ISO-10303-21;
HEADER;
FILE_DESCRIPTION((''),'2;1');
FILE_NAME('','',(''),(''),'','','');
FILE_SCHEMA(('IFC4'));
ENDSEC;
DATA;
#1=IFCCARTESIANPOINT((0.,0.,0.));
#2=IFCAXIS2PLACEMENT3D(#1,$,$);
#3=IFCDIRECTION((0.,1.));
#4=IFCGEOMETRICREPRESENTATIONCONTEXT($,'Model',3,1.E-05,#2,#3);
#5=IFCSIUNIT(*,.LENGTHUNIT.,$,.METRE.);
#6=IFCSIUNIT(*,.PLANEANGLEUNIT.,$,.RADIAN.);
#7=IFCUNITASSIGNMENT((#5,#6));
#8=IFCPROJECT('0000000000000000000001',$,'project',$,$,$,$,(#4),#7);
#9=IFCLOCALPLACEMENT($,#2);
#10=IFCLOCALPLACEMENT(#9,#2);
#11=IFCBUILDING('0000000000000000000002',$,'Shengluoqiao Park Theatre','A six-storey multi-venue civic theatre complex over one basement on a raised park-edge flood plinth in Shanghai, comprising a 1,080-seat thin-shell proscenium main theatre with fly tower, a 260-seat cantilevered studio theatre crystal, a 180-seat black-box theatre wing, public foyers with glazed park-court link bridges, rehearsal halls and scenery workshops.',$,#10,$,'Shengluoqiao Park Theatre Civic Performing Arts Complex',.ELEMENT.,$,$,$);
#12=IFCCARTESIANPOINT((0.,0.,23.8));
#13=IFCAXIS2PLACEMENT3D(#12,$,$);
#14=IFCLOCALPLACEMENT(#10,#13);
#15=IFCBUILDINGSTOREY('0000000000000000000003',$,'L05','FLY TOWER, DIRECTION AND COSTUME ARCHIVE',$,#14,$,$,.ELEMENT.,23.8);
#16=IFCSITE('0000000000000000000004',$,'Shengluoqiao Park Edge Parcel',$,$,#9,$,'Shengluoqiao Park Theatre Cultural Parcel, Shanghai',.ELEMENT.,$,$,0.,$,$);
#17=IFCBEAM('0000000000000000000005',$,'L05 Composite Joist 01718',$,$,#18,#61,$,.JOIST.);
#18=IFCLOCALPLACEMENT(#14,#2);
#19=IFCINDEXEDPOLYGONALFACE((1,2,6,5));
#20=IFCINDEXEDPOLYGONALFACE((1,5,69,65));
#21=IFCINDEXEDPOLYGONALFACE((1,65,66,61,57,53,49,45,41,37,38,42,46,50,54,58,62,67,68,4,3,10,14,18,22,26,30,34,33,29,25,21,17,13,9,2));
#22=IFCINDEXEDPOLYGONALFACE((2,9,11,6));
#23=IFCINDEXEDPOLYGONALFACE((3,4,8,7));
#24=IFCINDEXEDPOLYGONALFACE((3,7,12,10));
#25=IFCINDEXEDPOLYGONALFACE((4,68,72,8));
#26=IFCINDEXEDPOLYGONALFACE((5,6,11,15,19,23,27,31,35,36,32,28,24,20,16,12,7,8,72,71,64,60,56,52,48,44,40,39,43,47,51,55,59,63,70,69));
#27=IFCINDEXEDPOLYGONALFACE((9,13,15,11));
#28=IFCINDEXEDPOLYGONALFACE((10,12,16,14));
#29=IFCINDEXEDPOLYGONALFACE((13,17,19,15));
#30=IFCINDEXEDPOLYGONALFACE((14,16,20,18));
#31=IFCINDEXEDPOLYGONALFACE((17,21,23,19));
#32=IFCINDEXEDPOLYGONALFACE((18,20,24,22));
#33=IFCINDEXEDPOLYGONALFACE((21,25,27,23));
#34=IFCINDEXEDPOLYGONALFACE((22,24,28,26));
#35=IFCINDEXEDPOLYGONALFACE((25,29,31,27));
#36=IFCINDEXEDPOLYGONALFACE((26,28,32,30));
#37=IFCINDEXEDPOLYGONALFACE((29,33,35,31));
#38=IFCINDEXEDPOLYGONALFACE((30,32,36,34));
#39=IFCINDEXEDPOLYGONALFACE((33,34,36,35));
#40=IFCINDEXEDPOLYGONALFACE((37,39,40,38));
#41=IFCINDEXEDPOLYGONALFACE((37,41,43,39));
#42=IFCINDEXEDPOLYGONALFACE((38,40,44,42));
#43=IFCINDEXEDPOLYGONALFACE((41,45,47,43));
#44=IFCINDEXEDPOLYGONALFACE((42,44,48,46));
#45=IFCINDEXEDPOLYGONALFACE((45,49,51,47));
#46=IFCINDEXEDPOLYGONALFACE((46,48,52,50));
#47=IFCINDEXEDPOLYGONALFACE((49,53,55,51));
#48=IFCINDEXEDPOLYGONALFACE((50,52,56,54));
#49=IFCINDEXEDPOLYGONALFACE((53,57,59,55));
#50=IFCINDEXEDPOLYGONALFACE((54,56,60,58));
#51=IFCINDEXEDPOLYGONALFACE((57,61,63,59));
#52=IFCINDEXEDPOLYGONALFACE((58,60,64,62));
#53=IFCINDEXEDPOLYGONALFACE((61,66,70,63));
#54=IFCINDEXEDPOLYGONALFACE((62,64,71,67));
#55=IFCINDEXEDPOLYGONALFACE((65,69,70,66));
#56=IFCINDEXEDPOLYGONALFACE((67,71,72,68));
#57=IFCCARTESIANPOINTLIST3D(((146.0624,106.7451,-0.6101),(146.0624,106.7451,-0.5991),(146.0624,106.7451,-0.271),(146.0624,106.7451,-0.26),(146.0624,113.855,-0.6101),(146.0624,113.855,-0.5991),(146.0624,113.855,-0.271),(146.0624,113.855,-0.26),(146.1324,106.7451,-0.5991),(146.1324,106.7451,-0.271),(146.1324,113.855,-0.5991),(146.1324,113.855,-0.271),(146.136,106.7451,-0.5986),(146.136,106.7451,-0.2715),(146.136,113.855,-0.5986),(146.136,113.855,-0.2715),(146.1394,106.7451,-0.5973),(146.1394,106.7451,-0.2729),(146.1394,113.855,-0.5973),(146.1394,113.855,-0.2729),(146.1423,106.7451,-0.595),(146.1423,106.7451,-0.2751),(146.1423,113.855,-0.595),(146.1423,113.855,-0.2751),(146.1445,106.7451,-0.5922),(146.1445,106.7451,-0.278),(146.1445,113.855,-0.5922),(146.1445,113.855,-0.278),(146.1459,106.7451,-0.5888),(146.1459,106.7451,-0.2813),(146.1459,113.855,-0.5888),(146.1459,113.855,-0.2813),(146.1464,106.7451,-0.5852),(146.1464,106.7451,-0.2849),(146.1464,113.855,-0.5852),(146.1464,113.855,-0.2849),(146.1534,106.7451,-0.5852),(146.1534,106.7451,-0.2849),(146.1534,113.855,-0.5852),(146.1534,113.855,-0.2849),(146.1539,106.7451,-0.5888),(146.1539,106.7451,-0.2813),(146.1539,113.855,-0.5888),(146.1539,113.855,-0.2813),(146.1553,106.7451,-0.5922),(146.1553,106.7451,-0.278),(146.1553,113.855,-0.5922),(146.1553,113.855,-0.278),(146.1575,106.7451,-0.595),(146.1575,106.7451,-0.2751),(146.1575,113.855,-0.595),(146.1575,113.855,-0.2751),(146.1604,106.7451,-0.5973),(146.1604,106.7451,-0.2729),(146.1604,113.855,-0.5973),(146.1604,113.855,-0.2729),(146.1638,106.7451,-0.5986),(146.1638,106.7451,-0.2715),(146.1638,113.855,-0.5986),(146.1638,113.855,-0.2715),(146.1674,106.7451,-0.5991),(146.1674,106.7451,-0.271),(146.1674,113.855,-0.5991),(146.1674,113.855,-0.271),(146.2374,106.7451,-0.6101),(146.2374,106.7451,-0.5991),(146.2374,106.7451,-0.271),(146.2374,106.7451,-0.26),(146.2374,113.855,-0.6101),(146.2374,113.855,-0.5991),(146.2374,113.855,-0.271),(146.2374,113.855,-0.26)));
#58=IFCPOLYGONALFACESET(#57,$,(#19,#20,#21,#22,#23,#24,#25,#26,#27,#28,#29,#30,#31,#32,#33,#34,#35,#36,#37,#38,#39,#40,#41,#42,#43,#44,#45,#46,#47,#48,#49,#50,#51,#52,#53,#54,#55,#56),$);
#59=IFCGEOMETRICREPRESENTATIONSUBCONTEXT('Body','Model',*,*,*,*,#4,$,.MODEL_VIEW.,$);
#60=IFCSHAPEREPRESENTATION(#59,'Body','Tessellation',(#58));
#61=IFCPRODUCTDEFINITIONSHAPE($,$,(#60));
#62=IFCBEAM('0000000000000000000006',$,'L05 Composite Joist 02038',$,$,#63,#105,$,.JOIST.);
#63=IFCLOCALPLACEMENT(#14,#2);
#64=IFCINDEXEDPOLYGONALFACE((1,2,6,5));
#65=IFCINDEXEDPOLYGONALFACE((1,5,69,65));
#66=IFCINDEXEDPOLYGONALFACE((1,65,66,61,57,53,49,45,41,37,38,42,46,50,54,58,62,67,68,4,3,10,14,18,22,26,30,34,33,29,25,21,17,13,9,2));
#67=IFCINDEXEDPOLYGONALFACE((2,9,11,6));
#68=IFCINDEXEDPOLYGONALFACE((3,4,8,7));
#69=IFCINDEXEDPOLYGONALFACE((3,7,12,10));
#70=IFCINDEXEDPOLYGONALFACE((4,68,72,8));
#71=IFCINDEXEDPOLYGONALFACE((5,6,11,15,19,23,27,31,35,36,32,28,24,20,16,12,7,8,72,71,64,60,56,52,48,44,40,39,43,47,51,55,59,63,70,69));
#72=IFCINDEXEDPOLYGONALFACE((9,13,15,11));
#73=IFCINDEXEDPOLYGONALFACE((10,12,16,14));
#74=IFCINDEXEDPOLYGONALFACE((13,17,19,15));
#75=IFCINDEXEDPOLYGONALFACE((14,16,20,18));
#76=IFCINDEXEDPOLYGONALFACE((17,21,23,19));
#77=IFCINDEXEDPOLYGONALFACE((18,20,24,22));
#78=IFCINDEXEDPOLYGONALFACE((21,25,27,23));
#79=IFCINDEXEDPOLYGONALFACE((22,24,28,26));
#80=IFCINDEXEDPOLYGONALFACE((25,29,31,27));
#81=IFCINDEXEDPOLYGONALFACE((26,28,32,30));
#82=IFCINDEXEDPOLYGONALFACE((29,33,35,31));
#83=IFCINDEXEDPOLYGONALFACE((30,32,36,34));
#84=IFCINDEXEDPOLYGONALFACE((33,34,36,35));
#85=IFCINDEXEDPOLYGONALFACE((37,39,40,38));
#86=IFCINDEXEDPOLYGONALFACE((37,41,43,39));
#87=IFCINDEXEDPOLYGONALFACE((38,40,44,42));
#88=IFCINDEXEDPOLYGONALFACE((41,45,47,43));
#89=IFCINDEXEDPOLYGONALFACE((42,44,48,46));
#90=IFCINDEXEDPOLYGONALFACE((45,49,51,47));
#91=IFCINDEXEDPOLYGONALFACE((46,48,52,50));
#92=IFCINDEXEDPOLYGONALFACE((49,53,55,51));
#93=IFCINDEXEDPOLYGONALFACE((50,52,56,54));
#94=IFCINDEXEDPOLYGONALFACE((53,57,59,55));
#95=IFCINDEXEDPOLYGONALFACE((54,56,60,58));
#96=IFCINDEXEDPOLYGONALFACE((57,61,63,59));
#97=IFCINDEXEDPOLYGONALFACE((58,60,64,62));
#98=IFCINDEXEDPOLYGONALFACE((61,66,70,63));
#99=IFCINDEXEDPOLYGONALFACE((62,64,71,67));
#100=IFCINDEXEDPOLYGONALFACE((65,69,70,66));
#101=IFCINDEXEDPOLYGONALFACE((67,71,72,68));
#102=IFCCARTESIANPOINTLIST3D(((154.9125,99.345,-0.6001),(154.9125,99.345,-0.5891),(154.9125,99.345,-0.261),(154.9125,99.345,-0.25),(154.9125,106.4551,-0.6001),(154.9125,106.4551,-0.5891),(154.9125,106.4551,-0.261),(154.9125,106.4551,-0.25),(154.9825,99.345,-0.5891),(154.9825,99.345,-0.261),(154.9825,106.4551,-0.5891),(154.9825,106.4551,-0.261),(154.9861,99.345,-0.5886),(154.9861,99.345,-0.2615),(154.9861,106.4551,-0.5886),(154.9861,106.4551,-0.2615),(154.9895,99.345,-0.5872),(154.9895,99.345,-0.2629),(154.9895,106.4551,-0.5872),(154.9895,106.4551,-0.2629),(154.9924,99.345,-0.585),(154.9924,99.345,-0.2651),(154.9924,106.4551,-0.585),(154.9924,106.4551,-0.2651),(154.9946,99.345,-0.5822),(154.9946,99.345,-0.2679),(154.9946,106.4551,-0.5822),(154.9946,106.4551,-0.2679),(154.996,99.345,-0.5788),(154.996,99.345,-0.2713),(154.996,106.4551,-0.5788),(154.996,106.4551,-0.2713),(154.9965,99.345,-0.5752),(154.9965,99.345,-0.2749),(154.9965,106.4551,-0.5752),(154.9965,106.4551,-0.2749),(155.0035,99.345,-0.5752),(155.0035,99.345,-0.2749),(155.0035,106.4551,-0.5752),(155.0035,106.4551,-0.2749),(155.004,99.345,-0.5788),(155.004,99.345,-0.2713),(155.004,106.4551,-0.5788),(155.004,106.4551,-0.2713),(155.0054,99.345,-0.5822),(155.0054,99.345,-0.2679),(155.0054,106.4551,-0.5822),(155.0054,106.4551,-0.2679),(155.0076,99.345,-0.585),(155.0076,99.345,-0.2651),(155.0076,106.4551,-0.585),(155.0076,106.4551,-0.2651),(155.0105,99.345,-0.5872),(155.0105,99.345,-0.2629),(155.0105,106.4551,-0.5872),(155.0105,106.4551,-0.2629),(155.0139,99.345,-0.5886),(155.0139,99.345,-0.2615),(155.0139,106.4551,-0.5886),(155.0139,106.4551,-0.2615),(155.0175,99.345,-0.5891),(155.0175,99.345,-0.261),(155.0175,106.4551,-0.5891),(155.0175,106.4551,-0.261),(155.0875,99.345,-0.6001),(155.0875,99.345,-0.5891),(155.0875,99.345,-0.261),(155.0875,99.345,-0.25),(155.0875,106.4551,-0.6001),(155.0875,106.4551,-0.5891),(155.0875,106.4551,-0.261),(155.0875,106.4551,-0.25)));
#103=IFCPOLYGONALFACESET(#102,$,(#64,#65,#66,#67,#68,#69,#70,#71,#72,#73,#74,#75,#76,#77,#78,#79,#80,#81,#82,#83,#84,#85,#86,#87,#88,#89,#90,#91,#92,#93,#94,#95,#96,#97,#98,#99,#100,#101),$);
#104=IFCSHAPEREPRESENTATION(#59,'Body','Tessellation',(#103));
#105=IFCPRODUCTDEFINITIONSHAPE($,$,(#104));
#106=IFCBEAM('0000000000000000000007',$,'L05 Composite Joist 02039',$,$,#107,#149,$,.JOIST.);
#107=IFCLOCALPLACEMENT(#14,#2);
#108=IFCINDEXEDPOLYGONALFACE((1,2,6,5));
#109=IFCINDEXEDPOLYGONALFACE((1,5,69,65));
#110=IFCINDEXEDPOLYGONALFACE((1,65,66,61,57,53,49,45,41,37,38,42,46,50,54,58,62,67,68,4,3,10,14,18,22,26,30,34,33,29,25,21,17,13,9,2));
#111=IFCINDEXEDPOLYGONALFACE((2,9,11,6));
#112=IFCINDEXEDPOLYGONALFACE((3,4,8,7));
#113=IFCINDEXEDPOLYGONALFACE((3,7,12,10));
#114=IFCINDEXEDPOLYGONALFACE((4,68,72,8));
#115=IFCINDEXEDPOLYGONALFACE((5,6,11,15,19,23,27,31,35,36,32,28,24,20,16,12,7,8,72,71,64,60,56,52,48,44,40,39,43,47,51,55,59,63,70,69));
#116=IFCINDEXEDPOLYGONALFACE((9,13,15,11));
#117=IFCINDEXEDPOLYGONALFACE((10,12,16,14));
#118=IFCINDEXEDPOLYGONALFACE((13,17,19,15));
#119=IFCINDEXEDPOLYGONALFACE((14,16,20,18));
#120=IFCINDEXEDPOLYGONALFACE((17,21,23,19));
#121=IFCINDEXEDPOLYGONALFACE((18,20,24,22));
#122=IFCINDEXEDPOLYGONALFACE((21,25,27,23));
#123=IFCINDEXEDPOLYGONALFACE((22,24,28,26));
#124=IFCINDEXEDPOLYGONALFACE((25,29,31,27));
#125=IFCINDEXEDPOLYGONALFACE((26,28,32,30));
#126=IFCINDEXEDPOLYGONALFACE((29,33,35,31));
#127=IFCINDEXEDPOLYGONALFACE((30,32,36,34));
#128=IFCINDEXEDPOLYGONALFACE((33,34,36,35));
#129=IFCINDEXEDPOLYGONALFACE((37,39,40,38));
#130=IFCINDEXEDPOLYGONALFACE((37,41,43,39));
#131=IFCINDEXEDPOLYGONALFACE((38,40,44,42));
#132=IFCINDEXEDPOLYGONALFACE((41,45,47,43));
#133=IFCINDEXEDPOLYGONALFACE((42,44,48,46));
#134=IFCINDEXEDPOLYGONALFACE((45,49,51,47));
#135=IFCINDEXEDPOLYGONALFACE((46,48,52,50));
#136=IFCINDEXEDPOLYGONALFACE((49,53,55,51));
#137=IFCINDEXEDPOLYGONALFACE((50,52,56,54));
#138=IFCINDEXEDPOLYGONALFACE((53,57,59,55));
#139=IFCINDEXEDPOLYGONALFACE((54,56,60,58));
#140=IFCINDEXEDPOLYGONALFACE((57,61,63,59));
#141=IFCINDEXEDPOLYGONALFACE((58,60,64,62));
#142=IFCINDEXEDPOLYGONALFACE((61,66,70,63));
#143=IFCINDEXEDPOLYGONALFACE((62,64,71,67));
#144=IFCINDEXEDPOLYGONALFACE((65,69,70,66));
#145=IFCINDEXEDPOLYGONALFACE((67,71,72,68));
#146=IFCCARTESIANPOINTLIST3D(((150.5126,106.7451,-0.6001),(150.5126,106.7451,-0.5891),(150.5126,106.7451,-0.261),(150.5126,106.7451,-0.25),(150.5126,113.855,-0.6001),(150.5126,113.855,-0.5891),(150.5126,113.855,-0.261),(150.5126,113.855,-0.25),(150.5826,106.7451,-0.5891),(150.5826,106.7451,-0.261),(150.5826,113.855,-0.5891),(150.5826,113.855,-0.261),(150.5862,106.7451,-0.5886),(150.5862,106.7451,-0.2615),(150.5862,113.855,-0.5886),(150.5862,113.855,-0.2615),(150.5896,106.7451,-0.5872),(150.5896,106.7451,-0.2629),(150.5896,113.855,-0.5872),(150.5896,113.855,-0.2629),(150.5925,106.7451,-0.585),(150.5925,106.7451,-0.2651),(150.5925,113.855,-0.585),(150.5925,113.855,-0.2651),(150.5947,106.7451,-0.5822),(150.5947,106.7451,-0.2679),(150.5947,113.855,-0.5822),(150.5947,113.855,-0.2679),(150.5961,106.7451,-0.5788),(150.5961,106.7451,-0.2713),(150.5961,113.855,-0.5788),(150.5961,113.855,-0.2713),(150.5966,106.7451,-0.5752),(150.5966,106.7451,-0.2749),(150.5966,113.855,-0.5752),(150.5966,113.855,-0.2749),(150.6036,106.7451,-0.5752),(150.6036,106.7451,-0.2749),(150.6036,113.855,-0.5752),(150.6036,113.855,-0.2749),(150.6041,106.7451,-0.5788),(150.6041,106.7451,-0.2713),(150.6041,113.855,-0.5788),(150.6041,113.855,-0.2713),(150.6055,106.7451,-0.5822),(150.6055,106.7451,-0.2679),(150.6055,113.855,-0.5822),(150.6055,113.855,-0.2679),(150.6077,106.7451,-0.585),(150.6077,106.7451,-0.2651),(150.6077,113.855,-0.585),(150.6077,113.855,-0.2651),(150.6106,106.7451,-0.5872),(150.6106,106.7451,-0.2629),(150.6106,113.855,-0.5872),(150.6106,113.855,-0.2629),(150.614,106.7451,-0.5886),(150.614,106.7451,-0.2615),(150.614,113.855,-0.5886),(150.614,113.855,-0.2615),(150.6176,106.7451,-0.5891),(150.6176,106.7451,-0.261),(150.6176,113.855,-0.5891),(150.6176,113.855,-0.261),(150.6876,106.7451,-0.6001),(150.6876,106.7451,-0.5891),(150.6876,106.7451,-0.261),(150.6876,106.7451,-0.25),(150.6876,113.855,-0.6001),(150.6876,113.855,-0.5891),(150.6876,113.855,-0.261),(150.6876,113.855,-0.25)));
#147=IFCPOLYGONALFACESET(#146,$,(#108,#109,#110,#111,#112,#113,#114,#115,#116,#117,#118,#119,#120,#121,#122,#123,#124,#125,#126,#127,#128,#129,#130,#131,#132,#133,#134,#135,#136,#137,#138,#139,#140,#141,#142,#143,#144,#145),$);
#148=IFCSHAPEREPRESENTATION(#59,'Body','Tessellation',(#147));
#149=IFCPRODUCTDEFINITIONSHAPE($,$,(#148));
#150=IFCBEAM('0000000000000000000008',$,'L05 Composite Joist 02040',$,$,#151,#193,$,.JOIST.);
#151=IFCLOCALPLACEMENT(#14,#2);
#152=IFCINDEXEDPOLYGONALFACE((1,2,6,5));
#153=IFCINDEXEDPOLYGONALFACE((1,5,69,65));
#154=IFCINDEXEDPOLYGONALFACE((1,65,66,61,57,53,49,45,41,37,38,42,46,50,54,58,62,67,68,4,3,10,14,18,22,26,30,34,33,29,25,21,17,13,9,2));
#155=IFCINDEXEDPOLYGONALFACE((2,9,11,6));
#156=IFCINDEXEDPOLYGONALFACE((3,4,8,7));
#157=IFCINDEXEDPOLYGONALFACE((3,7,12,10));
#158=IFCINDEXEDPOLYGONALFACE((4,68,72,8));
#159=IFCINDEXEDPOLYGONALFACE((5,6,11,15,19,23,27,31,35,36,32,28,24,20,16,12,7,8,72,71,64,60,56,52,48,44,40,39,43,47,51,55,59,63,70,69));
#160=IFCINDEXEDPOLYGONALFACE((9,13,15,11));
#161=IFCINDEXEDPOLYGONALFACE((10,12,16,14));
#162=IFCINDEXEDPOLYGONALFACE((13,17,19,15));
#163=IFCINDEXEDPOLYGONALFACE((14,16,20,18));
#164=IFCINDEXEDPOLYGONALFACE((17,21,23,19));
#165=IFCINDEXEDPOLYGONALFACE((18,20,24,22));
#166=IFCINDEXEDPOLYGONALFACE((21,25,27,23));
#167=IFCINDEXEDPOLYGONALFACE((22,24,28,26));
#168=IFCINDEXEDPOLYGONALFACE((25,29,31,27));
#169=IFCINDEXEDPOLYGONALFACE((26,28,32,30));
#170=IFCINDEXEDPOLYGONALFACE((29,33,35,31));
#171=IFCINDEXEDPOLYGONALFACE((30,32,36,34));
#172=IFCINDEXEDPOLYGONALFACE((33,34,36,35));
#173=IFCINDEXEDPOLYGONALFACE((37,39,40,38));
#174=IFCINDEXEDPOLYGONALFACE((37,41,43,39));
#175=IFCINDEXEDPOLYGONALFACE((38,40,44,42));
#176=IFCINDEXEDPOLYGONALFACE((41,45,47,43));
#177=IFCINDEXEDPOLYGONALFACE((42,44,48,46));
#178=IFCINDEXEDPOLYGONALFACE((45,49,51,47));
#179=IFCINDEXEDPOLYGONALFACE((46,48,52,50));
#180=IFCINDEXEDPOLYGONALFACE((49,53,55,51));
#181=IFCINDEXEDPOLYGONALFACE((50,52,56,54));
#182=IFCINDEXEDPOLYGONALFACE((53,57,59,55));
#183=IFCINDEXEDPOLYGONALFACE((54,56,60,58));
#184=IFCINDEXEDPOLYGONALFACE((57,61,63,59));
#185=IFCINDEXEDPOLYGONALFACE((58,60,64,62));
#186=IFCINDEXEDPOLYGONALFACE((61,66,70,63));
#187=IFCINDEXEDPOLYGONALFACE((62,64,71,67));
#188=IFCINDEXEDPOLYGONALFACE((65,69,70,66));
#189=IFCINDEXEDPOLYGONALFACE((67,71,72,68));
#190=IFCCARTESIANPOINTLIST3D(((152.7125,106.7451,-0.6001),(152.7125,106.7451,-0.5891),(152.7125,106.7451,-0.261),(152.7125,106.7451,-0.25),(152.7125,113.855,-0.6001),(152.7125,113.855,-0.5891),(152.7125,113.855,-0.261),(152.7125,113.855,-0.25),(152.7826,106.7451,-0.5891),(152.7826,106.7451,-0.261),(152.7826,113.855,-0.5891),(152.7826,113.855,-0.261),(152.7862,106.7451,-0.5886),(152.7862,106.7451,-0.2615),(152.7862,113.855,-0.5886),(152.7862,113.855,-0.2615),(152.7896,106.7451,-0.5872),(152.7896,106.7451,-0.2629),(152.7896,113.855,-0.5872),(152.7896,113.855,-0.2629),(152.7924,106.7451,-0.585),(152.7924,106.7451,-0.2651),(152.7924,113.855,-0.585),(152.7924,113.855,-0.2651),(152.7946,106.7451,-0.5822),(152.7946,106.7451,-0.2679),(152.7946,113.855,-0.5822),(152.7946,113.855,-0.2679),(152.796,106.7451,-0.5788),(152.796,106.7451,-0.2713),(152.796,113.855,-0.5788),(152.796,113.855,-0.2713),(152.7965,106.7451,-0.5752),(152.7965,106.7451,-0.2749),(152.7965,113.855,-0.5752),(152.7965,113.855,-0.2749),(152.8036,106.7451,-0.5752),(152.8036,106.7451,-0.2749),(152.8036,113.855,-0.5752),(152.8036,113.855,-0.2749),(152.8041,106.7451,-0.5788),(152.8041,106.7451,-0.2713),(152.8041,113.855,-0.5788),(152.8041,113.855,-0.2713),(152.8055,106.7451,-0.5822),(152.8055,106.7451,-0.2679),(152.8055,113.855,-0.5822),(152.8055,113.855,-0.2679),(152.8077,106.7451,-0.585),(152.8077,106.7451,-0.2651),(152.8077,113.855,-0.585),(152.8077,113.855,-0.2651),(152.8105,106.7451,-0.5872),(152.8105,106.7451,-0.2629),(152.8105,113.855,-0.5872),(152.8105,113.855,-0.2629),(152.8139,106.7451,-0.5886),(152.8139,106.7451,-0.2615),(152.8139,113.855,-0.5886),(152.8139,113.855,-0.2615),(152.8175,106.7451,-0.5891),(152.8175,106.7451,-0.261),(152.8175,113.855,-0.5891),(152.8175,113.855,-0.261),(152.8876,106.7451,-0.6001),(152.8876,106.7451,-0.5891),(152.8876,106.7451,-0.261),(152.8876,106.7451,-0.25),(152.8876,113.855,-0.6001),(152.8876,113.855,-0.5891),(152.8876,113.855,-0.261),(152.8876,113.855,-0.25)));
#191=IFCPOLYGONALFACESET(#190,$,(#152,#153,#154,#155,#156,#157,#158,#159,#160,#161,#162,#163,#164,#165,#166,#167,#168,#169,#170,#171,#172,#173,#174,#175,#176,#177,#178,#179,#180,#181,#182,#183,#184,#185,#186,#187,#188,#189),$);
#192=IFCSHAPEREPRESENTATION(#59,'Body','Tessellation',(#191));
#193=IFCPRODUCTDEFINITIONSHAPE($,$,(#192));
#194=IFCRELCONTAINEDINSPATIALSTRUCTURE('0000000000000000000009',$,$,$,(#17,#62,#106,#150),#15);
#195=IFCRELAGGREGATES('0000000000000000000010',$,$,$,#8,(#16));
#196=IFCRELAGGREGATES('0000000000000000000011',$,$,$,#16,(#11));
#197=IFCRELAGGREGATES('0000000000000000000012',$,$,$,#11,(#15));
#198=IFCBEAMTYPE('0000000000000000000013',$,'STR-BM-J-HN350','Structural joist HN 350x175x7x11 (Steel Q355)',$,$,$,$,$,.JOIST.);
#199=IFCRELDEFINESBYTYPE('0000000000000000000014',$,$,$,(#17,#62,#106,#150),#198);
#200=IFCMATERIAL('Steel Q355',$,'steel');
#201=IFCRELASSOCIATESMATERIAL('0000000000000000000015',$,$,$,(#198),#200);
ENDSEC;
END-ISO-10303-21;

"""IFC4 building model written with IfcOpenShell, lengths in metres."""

from ifc_helpers import new_model, si_unit, direction, frame, origin, origin_2d, place, context, subcontext, project, spatial, i_section, extrude, material, material_profile, profile_set, type_object, element, save


model = new_model("IFC4")

# Units and contexts
model_context = context("Model", 3, precision=1e-05, world=origin(), true_north=direction((0.0, 1.0)))
body_context = subcontext(model_context, "Body", "Model", "MODEL_VIEW")
ifc_project = project(units=[si_unit("LENGTHUNIT", "METRE"), si_unit("PLANEANGLEUNIT", "RADIAN")], contexts=[model_context])

# Site, building, storey
site_placement = place(None, origin())
site = spatial("IfcSite", under=ifc_project, at=site_placement, Name="Shengluoqiao Park Edge Parcel", LongName="Shengluoqiao Park Theatre Cultural Parcel, Shanghai", CompositionType="ELEMENT", RefElevation=0.0)
building_placement = place(site_placement, origin())
building = spatial("IfcBuilding", under=site, at=building_placement, Name="Shengluoqiao Park Theatre", Description="A six-storey multi-venue civic theatre complex over one basement on a raised park-edge flood plinth in Shanghai, comprising a 1,080-seat thin-shell proscenium main theatre with fly tower, a 260-seat cantilevered studio theatre crystal, a 180-seat black-box theatre wing, public foyers with glazed park-court link bridges, rehearsal halls and scenery workshops.", LongName="Shengluoqiao Park Theatre Civic Performing Arts Complex", CompositionType="ELEMENT")
storey_placement = place(building_placement, frame((0.0, 0.0, 23.8)))
storey = spatial("IfcBuildingStorey", under=building, at=storey_placement, Name="L05", Description="FLY TOWER, DIRECTION AND COSTUME ARCHIVE", CompositionType="ELEMENT", Elevation=23.8)

# Shared definitions
ifc_material_1 = material(Name="Steel Q355", Category="steel")

# Beams
ifc_material_profile_1 = material_profile(ifc_material_1, i_section(OverallWidth=0.175, OverallDepth=0.3501, WebThickness=0.0071, FlangeThickness=0.011, FilletRadius=0.0139, at=origin_2d()), Name="HN 350x175x7x11")
ifc_profile_set_1 = profile_set([ifc_material_profile_1], Name="Steel Q355")
beam_type_1 = type_object("IfcBeamType", Name="STR-BM-J-HN350", Description="Structural joist HN 350x175x7x11 (Steel Q355)", PredefinedType="JOIST", material=ifc_profile_set_1)
for number, where, z_axis, x_axis, name in (
    (1, (146.1499, 106.7451, -0.4351), (0.0, 1.0, 0.0), (-1.0, 0.0, 0.0), "L05 Composite Joist 01718"),
):
    element("IfcBeam", number, at=place(storey_placement, frame(where, z_axis=z_axis, x_axis=x_axis)), inside=storey, type_object=beam_type_1, Name=name, PredefinedType="JOIST", context=body_context, shape_type="SweptSolid", body=[
        extrude(i_section(OverallWidth=0.175, OverallDepth=0.3501, WebThickness=0.0071, FlangeThickness=0.011, FilletRadius=0.0139, at=origin_2d()), origin(), (0.0, 0.0, 1.0), 7.1099),
    ])
beam_placement = place(storey_placement, frame((155.0, 99.345, -0.425), z_axis=(0.0, 1.0, 0.0), x_axis=(-1.0, 0.0, 0.0)))
element("IfcBeam", 2, at=beam_placement, inside=storey, type_object=beam_type_1, Name="L05 Composite Joist 02038", PredefinedType="JOIST", context=body_context, shape_type="SweptSolid", body=[
    extrude(i_section(OverallWidth=0.175, OverallDepth=0.3501, WebThickness=0.0071, FlangeThickness=0.011, FilletRadius=0.0139, at=origin_2d()), origin(), (0.0, 0.0, 1.0), 7.1101),
])
for number, where, z_axis, x_axis, name in (
    (3, (150.6001, 106.7451, -0.425), (0.0, 1.0, 0.0), (-1.0, 0.0, 0.0), "L05 Composite Joist 02039"),
    (4, (152.8, 106.7451, -0.425), (0.0, 1.0, 0.0), (-1.0, 0.0, 0.0), "L05 Composite Joist 02040"),
):
    element("IfcBeam", number, at=place(storey_placement, frame(where, z_axis=z_axis, x_axis=x_axis)), inside=storey, type_object=beam_type_1, Name=name, PredefinedType="JOIST", context=body_context, shape_type="SweptSolid", body=[
        extrude(i_section(OverallWidth=0.175, OverallDepth=0.3501, WebThickness=0.0071, FlangeThickness=0.011, FilletRadius=0.0139, at=origin_2d()), origin(), (0.0, 0.0, 1.0), 7.1099),
    ])

save(model, "model.ifc")
